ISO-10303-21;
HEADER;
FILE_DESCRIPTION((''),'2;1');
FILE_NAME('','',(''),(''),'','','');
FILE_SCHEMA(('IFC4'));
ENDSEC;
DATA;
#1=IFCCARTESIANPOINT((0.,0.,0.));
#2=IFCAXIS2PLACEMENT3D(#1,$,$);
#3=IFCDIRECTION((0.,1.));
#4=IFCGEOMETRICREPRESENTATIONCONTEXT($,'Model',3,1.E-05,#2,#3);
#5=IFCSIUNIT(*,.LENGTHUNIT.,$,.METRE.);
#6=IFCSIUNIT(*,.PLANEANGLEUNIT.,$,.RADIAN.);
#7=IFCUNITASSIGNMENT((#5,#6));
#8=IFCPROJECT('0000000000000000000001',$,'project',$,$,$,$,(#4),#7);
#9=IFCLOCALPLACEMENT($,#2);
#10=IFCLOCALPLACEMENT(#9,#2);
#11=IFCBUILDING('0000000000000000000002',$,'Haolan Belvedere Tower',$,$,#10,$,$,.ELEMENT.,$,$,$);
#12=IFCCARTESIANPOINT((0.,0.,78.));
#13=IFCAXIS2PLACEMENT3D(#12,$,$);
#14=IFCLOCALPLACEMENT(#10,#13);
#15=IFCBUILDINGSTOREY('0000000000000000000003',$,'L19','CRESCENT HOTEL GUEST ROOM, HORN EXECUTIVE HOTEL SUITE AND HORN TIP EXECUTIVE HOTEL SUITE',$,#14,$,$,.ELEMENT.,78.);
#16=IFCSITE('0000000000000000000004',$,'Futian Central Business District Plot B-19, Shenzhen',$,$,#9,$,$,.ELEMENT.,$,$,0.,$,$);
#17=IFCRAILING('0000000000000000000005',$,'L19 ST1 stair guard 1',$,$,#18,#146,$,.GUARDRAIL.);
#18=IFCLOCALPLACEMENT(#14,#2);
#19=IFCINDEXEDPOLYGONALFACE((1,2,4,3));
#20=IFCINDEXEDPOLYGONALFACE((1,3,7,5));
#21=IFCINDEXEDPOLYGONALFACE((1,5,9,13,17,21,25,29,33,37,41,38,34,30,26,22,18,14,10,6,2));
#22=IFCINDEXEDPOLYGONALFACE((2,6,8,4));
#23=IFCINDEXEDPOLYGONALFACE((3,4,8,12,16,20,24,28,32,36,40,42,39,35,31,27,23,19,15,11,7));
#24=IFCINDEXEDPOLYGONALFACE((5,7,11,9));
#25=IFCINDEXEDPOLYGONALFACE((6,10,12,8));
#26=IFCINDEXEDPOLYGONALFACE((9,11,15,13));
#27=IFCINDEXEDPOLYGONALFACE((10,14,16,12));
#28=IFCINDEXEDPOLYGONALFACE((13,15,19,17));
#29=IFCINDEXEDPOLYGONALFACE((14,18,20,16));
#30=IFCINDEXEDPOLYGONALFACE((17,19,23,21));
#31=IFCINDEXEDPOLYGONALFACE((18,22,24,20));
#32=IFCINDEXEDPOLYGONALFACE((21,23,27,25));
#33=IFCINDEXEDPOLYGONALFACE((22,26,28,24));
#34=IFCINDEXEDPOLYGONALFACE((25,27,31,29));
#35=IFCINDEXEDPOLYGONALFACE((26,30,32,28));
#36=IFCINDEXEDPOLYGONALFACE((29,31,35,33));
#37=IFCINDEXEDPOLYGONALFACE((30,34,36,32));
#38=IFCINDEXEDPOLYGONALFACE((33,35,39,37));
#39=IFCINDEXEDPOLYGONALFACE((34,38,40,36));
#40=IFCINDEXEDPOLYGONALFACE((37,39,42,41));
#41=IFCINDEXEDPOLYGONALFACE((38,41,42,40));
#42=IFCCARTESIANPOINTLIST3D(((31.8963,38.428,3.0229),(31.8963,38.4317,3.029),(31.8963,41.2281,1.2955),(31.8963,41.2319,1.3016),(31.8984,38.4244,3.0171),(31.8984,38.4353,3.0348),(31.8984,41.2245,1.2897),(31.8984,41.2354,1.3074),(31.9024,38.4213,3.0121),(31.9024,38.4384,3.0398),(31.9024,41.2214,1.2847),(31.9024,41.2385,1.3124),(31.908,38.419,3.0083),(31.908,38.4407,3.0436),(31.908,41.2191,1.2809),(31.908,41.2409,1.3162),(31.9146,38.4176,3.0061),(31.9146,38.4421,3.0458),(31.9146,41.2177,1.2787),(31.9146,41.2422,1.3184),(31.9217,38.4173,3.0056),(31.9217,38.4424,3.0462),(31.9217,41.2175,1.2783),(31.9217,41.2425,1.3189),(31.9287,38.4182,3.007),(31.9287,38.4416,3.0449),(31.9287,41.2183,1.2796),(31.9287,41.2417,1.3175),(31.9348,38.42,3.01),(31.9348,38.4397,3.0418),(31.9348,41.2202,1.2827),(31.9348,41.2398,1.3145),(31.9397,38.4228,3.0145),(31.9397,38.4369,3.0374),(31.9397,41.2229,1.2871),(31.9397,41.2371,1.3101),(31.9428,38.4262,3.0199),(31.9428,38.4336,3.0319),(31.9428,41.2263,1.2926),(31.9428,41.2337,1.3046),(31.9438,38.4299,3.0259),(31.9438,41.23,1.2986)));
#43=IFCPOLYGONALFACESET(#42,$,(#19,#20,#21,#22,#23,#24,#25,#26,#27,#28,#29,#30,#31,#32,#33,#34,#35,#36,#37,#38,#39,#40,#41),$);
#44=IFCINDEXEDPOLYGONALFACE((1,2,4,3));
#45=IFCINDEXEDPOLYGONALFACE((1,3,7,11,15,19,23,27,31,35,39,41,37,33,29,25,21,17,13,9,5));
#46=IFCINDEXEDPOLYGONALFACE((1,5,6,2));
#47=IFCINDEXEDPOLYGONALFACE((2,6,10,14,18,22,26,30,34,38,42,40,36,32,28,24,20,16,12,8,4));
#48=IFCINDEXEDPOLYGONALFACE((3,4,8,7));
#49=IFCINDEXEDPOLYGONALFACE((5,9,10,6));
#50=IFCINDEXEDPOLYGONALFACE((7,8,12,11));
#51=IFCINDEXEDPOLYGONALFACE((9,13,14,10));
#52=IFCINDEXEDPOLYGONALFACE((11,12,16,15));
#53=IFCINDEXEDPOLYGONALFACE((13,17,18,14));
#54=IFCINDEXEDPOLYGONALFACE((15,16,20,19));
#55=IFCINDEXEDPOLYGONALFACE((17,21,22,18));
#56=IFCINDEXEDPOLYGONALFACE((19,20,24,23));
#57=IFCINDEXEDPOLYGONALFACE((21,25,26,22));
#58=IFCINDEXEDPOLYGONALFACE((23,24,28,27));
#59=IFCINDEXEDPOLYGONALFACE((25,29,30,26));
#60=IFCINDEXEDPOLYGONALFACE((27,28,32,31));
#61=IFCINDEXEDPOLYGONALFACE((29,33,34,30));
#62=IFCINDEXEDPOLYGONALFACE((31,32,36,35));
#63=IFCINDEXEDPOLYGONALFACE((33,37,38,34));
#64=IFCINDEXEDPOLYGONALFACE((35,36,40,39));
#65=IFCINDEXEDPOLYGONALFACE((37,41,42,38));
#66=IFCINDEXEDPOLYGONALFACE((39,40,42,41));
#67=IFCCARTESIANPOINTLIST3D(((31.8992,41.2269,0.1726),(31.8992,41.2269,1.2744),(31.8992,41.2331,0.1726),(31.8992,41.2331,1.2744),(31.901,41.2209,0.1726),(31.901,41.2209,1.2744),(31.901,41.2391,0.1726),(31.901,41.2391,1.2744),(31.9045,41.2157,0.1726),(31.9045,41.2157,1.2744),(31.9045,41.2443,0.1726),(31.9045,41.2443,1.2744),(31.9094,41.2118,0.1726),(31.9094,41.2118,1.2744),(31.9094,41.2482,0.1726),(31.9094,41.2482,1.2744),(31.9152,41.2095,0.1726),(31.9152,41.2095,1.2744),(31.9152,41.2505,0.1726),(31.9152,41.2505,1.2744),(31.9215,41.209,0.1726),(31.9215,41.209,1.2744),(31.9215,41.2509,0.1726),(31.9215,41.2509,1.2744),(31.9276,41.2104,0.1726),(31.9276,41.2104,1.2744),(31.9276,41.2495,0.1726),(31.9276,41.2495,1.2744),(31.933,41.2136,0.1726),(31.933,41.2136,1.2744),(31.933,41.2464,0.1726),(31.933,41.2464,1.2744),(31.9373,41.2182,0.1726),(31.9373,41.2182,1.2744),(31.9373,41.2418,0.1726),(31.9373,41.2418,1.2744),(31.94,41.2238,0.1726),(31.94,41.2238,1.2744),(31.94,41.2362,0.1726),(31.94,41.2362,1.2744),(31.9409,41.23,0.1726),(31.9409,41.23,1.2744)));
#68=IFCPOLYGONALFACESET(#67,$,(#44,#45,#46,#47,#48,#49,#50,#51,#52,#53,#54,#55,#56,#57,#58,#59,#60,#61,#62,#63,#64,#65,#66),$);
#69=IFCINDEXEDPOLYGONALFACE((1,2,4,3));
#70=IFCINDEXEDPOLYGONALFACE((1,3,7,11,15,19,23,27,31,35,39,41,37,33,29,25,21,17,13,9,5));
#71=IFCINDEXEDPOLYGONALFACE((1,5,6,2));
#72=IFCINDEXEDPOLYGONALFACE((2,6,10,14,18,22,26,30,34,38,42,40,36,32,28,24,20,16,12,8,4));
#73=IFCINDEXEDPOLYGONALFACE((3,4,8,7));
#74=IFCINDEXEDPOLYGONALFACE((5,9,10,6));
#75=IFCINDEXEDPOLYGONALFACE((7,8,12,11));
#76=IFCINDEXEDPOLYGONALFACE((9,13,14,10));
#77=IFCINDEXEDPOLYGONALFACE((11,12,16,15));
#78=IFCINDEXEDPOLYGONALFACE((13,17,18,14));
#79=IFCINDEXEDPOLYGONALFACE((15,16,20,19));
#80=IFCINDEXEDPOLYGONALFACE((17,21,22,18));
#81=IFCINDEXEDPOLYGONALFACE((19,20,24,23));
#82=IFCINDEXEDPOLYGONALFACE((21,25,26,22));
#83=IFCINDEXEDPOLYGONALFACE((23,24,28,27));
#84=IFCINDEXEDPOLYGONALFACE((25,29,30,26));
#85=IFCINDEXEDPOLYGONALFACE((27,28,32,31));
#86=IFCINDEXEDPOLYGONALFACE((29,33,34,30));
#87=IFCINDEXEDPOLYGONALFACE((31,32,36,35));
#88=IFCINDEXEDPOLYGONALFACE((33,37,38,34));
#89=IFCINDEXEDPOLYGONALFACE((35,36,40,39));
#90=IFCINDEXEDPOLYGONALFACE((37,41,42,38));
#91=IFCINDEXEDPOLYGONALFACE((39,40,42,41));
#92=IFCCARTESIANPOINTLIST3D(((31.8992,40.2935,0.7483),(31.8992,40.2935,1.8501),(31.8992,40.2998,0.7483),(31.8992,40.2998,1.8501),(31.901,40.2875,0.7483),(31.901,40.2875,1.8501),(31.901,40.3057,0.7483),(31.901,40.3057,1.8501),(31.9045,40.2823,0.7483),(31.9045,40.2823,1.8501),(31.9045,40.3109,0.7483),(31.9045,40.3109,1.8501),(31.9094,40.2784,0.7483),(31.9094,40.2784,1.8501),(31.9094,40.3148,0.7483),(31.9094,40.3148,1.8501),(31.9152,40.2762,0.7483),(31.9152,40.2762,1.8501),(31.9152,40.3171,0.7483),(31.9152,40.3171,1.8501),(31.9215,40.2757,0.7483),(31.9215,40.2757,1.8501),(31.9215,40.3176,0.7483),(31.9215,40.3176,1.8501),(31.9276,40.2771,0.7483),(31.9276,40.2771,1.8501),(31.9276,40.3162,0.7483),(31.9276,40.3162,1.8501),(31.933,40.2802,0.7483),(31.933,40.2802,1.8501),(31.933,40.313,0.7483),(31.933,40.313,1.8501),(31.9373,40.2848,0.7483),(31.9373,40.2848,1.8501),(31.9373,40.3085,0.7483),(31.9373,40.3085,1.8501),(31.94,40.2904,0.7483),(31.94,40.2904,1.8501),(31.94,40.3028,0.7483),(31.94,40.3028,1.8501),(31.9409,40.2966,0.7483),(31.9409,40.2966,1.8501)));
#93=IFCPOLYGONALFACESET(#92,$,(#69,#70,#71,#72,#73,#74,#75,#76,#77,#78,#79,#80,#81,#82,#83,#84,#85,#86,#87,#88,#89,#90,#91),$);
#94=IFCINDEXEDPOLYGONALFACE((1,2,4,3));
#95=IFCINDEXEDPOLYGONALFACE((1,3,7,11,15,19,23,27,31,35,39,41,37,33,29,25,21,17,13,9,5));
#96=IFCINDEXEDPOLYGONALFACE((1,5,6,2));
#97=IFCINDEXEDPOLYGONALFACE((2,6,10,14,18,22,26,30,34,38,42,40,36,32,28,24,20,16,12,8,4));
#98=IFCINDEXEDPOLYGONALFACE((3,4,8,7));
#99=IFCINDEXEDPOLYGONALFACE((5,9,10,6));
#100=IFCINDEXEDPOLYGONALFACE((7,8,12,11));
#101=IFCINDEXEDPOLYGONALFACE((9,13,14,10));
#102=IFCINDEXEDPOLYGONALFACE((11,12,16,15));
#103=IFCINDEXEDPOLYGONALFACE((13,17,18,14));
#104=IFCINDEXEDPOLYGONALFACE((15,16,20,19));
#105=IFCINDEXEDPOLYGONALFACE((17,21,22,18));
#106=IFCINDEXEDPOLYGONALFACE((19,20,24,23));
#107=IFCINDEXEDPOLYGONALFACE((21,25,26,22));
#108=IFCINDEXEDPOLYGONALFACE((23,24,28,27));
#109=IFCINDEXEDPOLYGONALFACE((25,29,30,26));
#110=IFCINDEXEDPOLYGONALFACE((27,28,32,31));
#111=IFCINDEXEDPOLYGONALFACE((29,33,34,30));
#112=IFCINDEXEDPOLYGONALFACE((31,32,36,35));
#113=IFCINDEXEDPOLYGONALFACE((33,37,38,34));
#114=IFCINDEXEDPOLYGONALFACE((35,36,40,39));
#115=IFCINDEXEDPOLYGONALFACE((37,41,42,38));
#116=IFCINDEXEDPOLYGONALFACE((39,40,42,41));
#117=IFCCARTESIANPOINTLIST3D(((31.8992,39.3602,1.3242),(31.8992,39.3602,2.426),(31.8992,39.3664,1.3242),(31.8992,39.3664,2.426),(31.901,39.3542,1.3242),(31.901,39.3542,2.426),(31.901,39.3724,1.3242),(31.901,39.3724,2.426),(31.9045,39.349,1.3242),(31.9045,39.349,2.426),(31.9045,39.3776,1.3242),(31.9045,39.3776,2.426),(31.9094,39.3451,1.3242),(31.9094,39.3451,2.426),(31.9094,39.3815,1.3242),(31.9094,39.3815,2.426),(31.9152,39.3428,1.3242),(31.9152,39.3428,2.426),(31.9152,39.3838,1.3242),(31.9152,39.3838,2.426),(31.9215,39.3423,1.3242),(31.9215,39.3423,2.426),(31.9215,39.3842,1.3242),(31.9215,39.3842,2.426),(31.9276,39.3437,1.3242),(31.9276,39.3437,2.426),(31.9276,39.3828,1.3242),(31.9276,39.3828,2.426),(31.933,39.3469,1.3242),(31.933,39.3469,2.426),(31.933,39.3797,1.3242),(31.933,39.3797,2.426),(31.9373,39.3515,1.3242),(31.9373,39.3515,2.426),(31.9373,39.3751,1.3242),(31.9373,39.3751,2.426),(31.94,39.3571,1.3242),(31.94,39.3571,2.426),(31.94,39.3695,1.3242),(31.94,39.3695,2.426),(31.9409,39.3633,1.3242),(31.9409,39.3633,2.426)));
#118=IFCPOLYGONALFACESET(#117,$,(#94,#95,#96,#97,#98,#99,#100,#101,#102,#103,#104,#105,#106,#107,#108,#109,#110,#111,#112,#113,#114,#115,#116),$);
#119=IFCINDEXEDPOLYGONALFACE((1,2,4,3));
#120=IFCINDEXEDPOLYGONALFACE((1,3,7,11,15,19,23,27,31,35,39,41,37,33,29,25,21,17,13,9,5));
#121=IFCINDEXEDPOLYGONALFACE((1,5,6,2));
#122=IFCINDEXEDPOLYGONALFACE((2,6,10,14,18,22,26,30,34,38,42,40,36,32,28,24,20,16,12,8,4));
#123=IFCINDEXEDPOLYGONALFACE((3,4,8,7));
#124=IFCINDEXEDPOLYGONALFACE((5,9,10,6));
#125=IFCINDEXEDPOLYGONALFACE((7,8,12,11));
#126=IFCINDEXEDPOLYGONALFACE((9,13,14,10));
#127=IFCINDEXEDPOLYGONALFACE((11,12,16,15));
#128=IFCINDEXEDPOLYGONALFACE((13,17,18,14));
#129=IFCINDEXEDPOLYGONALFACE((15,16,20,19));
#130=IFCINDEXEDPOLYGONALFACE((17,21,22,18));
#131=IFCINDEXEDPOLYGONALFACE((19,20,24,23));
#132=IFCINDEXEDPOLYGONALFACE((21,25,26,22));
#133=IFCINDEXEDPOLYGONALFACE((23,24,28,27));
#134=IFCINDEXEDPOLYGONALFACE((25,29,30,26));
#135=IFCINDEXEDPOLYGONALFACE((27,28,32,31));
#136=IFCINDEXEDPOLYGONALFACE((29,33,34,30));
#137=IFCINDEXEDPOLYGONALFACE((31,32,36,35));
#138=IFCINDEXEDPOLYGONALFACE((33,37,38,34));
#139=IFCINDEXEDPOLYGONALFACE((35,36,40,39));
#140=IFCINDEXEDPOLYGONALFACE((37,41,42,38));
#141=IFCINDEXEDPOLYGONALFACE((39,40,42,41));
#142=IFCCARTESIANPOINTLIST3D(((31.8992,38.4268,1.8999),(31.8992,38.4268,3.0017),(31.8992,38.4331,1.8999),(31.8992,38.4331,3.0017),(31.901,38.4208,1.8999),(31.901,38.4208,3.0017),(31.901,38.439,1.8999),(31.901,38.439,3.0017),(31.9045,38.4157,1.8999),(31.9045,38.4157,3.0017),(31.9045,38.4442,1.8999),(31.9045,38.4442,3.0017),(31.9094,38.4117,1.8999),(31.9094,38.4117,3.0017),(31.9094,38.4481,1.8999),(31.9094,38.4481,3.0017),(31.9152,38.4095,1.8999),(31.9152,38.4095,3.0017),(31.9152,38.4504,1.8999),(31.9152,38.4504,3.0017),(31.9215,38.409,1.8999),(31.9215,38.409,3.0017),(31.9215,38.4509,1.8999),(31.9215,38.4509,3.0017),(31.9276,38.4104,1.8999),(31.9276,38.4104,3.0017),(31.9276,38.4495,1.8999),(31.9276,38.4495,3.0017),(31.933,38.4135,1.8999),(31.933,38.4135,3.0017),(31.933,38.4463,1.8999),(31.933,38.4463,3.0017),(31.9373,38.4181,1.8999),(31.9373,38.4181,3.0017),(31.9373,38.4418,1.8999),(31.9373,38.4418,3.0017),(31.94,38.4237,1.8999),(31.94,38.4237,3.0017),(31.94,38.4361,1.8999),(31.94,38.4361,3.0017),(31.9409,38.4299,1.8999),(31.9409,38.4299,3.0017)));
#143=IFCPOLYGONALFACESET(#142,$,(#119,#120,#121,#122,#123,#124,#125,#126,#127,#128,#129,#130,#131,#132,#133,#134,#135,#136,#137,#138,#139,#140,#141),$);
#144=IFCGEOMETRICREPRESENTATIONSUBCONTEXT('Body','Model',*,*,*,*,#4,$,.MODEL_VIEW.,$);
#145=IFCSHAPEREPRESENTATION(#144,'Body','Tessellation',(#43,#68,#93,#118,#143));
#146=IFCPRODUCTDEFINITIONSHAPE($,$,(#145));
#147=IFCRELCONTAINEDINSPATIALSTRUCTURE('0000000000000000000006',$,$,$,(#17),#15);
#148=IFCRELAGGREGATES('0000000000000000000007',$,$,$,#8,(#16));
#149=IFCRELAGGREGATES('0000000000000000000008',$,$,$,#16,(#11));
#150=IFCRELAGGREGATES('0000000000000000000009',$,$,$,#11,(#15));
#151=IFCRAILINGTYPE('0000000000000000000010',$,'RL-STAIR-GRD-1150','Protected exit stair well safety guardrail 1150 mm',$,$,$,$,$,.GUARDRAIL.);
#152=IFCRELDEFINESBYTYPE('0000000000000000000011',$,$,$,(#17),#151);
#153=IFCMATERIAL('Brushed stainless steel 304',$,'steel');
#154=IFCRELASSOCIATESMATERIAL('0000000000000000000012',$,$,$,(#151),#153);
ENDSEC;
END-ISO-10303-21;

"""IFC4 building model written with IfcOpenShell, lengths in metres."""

from ifc_helpers import new_model, si_unit, direction, frame, origin, origin_2d, place, context, subcontext, project, spatial, circle, extrude, material, type_object, element, save


model = new_model("IFC4")

# Units and contexts
model_context = context("Model", 3, precision=1e-05, world=origin(), true_north=direction((0.0, 1.0)))
body_context = subcontext(model_context, "Body", "Model", "MODEL_VIEW")
ifc_project = project(units=[si_unit("LENGTHUNIT", "METRE"), si_unit("PLANEANGLEUNIT", "RADIAN")], contexts=[model_context])

# Site, building, storey
site_placement = place(None, origin())
site = spatial("IfcSite", under=ifc_project, at=site_placement, Name="Futian Central Business District Plot B-19, Shenzhen", CompositionType="ELEMENT", RefElevation=0.0)
building_placement = place(site_placement, origin())
building = spatial("IfcBuilding", under=site, at=building_placement, Name="Haolan Belvedere Tower", CompositionType="ELEMENT")
storey_placement = place(building_placement, frame((0.0, 0.0, 78.0)))
storey = spatial("IfcBuildingStorey", under=building, at=storey_placement, Name="L19", Description="CRESCENT HOTEL GUEST ROOM, HORN EXECUTIVE HOTEL SUITE AND HORN TIP EXECUTIVE HOTEL SUITE", CompositionType="ELEMENT", Elevation=78.0)

# Railing
ifc_material_1 = material(Name="Brushed stainless steel 304", Category="steel")
railing_type_1 = type_object("IfcRailingType", Name="RL-STAIR-GRD-1150", Description="Protected exit stair well safety guardrail 1150 mm", PredefinedType="GUARDRAIL", material=ifc_material_1)
railing_1_placement = place(storey_placement, frame((31.9199, 41.23, 0.1726)))
element("IfcRailing", 1, at=railing_1_placement, inside=storey, type_object=railing_type_1, Name="L19 ST1 stair guard 1", PredefinedType="GUARDRAIL", context=body_context, shape_type="SweptSolid", body=[
    extrude(circle(Radius=0.0239, at=origin_2d()), frame((0.0, 0.0, 1.126), z_axis=(0.0, -0.85109, 0.52502), x_axis=(1.0, 0.0, 0.0)), (0.0, 0.0, 1.0), 3.29),
    extrude(circle(Radius=0.021, at=origin_2d()), origin(), (0.0, 0.0, 1.0), 1.1018),
    extrude(circle(Radius=0.021, at=origin_2d()), frame((0.0, -0.9333, 0.5757)), (0.0, 0.0, 1.0), 1.1018),
    extrude(circle(Radius=0.021, at=origin_2d()), frame((0.0, -1.8667, 1.1516)), (0.0, 0.0, 1.0), 1.1018),
    extrude(circle(Radius=0.021, at=origin_2d()), frame((0.0, -2.8, 1.7273)), (0.0, 0.0, 1.0), 1.1018),
])

save(model, "model.ifc")
